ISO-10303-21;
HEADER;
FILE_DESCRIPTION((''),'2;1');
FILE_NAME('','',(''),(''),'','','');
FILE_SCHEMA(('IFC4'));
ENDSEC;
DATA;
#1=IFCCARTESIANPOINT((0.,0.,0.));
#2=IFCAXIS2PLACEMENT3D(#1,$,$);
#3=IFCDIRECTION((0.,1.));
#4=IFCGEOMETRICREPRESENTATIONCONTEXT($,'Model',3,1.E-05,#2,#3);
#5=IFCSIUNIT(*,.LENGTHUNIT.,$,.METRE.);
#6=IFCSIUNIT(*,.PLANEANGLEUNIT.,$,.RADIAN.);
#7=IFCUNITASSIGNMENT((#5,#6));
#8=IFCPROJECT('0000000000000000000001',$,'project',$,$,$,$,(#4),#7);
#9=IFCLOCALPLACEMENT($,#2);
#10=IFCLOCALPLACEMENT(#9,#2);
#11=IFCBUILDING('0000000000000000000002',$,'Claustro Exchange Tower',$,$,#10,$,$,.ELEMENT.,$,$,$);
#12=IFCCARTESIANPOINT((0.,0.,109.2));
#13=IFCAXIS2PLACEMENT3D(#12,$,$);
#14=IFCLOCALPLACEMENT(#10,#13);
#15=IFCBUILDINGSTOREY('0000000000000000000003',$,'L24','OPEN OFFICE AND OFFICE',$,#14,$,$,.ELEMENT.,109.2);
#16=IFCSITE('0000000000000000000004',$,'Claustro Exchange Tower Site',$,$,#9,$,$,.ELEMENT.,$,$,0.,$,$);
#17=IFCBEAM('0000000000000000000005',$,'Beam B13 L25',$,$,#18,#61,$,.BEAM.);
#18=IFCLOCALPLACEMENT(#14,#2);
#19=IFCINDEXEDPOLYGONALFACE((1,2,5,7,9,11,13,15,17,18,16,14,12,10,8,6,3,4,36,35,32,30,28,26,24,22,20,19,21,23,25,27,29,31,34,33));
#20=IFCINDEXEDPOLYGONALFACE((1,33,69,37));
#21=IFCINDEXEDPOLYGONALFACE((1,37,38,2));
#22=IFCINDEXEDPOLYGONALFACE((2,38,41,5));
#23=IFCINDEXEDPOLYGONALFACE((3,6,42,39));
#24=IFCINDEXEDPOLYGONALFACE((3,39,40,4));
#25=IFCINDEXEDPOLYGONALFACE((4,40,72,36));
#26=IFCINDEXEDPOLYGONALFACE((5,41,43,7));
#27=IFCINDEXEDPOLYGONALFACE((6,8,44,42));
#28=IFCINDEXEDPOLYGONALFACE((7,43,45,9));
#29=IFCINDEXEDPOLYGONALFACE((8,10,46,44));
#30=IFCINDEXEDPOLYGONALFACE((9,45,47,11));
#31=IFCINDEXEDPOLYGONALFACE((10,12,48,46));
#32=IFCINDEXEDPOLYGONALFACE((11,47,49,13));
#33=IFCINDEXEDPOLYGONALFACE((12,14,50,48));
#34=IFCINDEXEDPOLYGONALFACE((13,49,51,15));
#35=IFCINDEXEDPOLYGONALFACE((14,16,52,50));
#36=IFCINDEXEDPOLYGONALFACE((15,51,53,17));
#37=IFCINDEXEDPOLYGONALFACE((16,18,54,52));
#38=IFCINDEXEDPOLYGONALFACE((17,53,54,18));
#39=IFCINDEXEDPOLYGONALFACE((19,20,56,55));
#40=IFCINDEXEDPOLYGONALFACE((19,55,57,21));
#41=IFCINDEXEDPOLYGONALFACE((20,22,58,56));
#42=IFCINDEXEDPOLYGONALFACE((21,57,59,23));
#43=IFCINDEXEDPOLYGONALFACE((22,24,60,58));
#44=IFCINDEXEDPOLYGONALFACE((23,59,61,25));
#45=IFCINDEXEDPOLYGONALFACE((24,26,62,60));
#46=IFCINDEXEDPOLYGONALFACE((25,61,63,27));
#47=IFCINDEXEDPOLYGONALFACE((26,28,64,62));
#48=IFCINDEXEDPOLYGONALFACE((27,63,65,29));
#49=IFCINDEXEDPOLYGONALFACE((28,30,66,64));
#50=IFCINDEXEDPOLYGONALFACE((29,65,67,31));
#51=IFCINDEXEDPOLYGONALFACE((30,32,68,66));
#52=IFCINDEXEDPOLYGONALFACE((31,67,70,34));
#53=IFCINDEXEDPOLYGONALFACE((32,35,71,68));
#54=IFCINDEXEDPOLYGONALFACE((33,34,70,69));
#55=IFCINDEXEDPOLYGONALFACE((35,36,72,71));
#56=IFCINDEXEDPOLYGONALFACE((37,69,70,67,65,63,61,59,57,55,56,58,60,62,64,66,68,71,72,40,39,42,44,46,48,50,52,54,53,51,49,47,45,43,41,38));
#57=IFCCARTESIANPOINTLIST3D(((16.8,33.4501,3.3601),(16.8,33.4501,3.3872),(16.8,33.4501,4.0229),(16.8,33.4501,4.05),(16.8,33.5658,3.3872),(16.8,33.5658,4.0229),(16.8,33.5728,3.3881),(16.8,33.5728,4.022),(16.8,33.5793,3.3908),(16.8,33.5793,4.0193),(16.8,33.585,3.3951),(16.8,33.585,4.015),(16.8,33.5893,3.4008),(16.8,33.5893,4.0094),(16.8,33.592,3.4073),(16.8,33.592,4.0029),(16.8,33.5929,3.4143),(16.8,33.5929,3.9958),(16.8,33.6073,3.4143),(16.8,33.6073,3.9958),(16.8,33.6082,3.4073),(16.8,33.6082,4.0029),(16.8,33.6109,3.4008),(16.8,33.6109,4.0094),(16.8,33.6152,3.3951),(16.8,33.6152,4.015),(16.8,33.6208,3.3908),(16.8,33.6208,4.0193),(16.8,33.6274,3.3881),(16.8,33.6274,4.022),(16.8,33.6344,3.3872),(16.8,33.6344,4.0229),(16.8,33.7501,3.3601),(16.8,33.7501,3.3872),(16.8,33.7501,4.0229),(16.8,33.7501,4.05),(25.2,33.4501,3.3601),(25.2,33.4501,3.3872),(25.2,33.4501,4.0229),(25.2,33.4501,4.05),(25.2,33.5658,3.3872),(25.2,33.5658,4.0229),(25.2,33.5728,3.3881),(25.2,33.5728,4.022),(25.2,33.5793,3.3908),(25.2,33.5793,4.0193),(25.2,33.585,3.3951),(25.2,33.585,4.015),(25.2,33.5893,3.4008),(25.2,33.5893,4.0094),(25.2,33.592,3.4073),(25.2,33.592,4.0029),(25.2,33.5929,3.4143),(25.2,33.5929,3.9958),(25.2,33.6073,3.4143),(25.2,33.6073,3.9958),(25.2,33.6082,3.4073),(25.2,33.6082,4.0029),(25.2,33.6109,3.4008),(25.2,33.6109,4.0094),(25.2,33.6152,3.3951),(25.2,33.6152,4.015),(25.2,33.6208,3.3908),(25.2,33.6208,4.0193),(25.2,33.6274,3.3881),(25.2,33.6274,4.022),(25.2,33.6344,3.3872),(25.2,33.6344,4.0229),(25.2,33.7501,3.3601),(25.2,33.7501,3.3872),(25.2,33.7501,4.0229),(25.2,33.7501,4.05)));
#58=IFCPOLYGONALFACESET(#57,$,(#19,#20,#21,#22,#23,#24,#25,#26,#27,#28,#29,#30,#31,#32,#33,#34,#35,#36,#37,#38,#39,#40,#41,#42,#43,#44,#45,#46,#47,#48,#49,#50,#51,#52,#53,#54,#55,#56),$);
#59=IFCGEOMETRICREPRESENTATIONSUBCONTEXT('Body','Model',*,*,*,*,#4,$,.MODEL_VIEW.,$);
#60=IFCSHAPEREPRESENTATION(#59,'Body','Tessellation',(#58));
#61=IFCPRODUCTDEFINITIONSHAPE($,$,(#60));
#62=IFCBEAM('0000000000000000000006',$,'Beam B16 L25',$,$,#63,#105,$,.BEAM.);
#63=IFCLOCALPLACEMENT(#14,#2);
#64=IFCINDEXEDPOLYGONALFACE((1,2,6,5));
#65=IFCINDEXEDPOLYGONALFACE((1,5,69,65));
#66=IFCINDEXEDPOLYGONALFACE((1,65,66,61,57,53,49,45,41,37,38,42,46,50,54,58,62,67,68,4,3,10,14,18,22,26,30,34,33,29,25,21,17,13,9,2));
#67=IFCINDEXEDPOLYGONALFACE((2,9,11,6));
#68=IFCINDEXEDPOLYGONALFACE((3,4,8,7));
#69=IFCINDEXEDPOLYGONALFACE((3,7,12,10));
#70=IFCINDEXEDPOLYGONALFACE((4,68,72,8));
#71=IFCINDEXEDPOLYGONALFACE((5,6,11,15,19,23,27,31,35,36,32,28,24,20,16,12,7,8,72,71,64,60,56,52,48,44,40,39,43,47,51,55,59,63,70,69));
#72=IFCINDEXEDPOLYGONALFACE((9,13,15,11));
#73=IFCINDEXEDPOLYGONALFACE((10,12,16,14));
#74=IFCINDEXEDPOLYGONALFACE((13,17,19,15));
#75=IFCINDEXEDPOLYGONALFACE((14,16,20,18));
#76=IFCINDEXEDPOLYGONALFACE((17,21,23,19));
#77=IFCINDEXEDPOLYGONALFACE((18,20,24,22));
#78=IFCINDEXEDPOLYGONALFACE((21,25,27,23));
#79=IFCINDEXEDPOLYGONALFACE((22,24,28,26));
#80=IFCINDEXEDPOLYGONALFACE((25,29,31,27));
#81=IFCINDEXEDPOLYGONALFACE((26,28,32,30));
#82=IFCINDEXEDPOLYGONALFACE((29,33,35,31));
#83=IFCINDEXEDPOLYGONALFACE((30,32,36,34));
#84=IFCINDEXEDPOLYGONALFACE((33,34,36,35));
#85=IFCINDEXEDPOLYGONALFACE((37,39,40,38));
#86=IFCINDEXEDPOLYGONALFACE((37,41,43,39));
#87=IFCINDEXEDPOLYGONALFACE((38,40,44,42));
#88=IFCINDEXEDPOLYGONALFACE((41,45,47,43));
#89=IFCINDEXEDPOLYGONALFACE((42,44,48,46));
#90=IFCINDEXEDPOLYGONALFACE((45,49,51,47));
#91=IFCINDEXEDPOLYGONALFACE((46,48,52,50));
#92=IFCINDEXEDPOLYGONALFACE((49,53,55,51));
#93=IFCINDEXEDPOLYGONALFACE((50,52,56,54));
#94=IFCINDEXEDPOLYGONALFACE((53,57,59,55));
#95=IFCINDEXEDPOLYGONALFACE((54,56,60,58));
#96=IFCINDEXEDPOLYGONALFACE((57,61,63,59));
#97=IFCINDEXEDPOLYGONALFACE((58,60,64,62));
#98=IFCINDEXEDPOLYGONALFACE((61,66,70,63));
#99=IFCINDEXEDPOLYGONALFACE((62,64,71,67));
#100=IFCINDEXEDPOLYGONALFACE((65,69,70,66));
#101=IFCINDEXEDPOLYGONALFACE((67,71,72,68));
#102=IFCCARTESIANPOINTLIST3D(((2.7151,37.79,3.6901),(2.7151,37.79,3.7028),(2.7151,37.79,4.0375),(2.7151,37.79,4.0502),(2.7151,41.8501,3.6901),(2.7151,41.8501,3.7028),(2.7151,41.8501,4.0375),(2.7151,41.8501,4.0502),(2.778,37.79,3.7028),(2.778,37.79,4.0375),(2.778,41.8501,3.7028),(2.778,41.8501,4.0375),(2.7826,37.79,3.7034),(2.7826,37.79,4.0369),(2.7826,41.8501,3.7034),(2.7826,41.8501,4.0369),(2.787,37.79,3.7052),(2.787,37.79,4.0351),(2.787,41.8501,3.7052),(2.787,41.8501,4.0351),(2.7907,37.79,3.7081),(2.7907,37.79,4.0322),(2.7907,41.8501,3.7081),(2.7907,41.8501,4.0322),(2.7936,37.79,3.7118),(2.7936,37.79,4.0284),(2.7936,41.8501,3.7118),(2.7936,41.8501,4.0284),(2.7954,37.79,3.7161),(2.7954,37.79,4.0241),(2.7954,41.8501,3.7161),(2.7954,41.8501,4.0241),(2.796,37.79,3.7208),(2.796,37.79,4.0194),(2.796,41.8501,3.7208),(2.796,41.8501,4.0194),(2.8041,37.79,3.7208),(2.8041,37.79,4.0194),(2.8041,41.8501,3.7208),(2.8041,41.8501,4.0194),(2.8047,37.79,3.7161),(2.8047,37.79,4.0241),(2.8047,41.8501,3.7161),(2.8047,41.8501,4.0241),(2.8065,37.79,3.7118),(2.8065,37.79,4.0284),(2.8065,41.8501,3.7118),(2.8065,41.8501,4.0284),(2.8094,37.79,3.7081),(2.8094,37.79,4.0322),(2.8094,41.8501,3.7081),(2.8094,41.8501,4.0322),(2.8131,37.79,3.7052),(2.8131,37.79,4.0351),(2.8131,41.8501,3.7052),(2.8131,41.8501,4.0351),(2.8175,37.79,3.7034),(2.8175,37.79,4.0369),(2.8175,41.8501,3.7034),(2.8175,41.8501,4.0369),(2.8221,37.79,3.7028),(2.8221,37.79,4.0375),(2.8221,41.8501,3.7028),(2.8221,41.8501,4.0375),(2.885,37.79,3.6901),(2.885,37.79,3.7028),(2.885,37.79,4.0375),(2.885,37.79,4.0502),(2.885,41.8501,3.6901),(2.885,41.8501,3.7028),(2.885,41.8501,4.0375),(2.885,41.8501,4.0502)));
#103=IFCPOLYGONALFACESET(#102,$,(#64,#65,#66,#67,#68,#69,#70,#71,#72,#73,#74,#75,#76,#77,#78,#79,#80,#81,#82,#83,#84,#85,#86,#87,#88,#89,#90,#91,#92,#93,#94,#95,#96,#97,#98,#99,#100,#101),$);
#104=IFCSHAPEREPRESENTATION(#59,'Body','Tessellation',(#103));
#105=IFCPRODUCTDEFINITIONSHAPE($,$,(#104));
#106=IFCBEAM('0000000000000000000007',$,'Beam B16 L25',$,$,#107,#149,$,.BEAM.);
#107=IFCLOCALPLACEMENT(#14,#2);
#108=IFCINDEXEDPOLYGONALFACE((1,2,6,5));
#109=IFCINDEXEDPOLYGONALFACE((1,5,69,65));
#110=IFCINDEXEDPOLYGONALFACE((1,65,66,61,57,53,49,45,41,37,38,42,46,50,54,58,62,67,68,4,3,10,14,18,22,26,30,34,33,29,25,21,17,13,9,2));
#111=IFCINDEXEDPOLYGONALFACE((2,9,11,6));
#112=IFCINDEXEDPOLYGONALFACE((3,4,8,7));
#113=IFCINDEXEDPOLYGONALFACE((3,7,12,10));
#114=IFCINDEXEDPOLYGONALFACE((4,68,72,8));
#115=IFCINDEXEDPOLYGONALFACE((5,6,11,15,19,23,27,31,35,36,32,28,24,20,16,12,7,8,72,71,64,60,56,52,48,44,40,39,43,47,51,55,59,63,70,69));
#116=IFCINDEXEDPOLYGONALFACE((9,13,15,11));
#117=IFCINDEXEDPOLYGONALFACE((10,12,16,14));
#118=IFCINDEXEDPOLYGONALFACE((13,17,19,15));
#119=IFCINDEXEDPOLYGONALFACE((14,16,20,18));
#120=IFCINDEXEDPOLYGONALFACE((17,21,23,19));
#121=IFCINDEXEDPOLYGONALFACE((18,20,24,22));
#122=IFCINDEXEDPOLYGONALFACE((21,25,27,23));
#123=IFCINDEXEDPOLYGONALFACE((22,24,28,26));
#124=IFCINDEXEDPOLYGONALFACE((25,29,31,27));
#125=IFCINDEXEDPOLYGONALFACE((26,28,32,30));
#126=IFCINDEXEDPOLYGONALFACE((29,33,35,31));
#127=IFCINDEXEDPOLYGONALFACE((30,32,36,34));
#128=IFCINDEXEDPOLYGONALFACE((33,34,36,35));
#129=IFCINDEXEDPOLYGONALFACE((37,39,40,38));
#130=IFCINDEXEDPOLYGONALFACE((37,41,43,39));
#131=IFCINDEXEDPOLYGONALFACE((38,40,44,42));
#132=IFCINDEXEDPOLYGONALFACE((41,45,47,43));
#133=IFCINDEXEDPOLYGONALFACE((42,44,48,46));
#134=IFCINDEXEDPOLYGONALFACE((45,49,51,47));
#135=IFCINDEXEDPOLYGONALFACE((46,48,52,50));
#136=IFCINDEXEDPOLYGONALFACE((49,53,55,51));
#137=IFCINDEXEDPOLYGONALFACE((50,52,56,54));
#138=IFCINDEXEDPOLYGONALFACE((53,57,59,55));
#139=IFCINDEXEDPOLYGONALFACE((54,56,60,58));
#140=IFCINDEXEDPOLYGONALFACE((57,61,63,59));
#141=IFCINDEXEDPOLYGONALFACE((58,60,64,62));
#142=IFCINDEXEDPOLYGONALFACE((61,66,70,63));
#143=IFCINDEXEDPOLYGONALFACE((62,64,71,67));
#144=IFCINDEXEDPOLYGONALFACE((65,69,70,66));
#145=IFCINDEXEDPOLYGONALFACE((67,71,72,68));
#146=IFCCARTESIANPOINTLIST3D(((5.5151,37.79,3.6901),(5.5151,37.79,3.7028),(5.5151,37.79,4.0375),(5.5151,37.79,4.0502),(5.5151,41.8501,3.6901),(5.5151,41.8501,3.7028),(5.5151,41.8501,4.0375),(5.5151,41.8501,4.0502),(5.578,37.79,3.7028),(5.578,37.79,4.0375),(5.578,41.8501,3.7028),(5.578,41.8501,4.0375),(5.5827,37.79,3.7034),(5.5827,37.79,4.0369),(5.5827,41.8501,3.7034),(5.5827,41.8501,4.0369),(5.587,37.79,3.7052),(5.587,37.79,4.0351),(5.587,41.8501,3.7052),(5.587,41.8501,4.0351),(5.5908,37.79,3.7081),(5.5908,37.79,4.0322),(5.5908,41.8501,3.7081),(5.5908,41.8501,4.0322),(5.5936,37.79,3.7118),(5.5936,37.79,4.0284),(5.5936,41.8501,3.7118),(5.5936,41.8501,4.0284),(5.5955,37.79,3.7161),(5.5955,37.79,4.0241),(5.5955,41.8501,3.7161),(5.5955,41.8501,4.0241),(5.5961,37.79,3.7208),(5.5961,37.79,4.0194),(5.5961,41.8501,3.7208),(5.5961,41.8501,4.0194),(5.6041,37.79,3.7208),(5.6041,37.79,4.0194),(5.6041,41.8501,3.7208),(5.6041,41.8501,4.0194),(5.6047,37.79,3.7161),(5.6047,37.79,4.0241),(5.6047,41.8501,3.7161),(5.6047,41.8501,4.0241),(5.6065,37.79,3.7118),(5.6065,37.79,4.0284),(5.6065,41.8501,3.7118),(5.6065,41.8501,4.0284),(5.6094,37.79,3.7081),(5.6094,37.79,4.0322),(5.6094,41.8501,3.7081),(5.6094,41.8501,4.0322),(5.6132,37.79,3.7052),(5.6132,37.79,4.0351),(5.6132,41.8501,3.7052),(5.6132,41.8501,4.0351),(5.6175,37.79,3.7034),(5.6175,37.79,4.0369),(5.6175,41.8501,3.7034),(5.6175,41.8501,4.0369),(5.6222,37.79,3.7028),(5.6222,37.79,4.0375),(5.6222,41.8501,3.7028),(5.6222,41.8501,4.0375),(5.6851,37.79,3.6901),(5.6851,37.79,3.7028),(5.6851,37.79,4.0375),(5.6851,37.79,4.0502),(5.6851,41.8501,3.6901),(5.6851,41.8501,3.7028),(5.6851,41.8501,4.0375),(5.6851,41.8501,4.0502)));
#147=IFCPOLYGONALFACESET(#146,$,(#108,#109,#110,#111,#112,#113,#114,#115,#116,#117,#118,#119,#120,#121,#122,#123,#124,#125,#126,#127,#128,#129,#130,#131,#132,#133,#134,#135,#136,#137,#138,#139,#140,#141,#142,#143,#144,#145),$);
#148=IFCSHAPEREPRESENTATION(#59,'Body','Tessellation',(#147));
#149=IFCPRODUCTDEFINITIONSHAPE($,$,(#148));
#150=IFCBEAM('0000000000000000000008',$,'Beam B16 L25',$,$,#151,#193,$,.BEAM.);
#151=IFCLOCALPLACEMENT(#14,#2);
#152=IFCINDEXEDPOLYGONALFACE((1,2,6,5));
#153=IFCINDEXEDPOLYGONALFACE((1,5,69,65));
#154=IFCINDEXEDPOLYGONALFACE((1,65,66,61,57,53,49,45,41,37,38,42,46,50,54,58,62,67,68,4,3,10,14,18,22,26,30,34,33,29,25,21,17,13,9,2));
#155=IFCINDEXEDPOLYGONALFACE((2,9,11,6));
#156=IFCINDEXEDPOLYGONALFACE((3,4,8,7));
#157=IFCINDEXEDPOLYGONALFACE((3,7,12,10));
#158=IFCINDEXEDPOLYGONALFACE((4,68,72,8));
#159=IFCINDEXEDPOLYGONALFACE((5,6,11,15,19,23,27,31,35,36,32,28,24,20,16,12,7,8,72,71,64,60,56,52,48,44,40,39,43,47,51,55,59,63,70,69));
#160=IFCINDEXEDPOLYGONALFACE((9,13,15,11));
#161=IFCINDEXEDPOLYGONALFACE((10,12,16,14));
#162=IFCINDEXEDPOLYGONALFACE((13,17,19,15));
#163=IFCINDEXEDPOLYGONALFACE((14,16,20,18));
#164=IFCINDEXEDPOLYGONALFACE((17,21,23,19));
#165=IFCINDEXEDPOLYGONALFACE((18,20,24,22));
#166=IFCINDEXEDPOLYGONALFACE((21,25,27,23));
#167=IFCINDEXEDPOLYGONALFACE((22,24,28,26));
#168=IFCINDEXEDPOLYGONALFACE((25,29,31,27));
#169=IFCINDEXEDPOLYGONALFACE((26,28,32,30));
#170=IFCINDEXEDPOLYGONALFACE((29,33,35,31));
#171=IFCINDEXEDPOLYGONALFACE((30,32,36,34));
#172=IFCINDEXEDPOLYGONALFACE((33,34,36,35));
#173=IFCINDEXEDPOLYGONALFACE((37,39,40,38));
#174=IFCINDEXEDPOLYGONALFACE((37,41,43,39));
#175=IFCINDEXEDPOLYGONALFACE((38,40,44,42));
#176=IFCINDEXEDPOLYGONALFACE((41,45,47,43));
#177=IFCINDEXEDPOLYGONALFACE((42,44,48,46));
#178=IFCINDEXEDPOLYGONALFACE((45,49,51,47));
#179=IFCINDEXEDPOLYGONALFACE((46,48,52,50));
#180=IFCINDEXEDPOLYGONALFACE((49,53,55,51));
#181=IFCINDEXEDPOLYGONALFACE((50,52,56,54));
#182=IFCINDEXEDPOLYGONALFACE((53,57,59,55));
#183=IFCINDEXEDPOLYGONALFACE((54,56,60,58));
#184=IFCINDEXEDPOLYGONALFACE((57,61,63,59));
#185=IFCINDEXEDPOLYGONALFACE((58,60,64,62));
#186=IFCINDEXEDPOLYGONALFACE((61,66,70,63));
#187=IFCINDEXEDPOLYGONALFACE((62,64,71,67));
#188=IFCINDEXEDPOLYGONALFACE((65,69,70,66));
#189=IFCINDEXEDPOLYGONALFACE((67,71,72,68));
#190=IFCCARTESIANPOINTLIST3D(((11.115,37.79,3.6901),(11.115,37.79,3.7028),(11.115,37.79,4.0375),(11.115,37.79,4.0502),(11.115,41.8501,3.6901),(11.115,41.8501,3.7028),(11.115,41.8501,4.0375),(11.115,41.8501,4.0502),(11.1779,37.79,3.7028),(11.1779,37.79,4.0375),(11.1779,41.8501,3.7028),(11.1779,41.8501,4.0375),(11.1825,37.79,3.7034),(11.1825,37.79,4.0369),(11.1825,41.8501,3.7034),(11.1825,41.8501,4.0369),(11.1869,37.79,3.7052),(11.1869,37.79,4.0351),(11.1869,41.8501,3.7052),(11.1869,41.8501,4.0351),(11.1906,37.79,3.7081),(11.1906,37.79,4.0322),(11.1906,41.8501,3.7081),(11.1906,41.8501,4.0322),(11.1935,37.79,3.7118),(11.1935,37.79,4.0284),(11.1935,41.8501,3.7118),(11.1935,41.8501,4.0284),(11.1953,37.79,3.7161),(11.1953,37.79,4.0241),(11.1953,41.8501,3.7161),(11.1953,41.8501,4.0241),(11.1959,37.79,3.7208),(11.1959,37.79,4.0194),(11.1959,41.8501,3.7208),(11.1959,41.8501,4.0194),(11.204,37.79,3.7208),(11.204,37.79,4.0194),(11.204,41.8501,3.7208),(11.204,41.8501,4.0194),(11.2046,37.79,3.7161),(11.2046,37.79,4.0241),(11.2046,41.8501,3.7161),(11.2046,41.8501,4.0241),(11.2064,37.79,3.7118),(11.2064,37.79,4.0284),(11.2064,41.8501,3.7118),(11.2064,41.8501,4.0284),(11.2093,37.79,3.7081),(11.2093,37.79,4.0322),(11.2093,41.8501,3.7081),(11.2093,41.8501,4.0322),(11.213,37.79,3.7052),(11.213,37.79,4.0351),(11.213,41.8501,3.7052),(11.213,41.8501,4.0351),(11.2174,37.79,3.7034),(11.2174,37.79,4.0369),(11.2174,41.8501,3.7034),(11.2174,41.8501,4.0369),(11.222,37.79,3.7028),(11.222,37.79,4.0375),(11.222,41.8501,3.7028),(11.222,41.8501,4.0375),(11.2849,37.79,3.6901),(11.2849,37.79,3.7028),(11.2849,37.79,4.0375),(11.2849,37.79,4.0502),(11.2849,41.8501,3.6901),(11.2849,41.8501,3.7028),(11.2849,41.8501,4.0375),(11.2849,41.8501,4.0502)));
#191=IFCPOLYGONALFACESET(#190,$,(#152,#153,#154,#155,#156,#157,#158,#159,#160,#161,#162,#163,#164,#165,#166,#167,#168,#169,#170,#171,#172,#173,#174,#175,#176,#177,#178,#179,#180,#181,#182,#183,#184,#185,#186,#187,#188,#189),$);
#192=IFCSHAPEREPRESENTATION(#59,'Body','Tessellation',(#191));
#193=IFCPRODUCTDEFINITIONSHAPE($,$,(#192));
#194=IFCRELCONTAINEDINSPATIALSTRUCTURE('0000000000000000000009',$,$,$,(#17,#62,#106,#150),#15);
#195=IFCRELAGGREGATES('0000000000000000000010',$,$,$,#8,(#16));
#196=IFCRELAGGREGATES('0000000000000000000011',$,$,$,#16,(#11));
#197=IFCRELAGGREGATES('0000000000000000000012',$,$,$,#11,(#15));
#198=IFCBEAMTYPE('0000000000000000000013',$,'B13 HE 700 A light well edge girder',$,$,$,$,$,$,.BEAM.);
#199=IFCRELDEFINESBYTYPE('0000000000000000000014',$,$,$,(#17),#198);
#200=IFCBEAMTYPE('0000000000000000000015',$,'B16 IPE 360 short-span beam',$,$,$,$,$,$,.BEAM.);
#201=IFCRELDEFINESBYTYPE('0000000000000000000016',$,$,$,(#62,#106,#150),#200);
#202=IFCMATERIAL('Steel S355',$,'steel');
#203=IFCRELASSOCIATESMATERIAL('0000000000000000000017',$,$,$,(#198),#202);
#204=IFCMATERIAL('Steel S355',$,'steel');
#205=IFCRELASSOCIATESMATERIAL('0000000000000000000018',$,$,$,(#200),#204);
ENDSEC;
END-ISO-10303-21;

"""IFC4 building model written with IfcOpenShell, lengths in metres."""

from ifc_helpers import new_model, si_unit, direction, frame, origin, origin_2d, place, context, subcontext, project, spatial, i_section, extrude, material, material_profile, profile_set, type_object, element, save


model = new_model("IFC4")

# Units and contexts
model_context = context("Model", 3, precision=1e-05, world=origin(), true_north=direction((0.0, 1.0)))
body_context = subcontext(model_context, "Body", "Model", "MODEL_VIEW")
ifc_project = project(units=[si_unit("LENGTHUNIT", "METRE"), si_unit("PLANEANGLEUNIT", "RADIAN")], contexts=[model_context])

# Site, building, storey
site_placement = place(None, origin())
site = spatial("IfcSite", under=ifc_project, at=site_placement, Name="Claustro Exchange Tower Site", CompositionType="ELEMENT", RefElevation=0.0)
building_placement = place(site_placement, origin())
building = spatial("IfcBuilding", under=site, at=building_placement, Name="Claustro Exchange Tower", CompositionType="ELEMENT")
storey_placement = place(building_placement, frame((0.0, 0.0, 109.2)))
storey = spatial("IfcBuildingStorey", under=building, at=storey_placement, Name="L24", Description="OPEN OFFICE AND OFFICE", CompositionType="ELEMENT", Elevation=109.2)

# Beams
ifc_material_1 = material(Name="Steel S355", Category="steel")
ifc_material_profile_1 = material_profile(ifc_material_1, i_section(OverallWidth=0.3, OverallDepth=0.6899, WebThickness=0.0144, FlangeThickness=0.0271, FilletRadius=0.0271, at=origin_2d()), Name="HE 700 A")
ifc_profile_set_1 = profile_set([ifc_material_profile_1], Name="Steel S355")
beam_type_1 = type_object("IfcBeamType", Name="B13 HE 700 A light well edge girder", PredefinedType="BEAM", material=ifc_profile_set_1)
beam_placement = place(storey_placement, frame((16.8, 33.6001, 3.7051), z_axis=(1.0, 0.0, 0.0), x_axis=(0.0, 1.0, 0.0)))
element("IfcBeam", 1, at=beam_placement, inside=storey, type_object=beam_type_1, Name="Beam B13 L25", PredefinedType="BEAM", context=body_context, shape_type="SweptSolid", body=[
    extrude(i_section(OverallWidth=0.3, OverallDepth=0.6899, WebThickness=0.0144, FlangeThickness=0.0271, FilletRadius=0.0271, at=origin_2d()), origin(), (0.0, 0.0, 1.0), 8.3999),
])
ifc_material_2 = material(Name="Steel S355", Category="steel")
ifc_material_profile_2 = material_profile(ifc_material_2, i_section(OverallWidth=0.1699, OverallDepth=0.3601, WebThickness=0.0081, FlangeThickness=0.0127, FilletRadius=0.0181, at=origin_2d()), Name="IPE 360")
ifc_profile_set_2 = profile_set([ifc_material_profile_2], Name="Steel S355")
beam_type_2 = type_object("IfcBeamType", Name="B16 IPE 360 short-span beam", PredefinedType="BEAM", material=ifc_profile_set_2)
for number, where, z_axis, x_axis, name in (
    (2, (2.8, 37.79, 3.8701), (0.0, 1.0, 0.0), (-1.0, 0.0, 0.0), "Beam B16 L25"),
    (3, (5.6001, 37.79, 3.8701), (0.0, 1.0, 0.0), (-1.0, 0.0, 0.0), "Beam B16 L25"),
    (4, (11.2, 37.79, 3.8701), (0.0, 1.0, 0.0), (-1.0, 0.0, 0.0), "Beam B16 L25"),
):
    element("IfcBeam", number, at=place(storey_placement, frame(where, z_axis=z_axis, x_axis=x_axis)), inside=storey, type_object=beam_type_2, Name=name, PredefinedType="BEAM", context=body_context, shape_type="SweptSolid", body=[
        extrude(i_section(OverallWidth=0.1699, OverallDepth=0.3601, WebThickness=0.0081, FlangeThickness=0.0127, FilletRadius=0.0181, at=origin_2d()), origin(), (0.0, 0.0, 1.0), 4.0601),
    ])

save(model, "model.ifc")
